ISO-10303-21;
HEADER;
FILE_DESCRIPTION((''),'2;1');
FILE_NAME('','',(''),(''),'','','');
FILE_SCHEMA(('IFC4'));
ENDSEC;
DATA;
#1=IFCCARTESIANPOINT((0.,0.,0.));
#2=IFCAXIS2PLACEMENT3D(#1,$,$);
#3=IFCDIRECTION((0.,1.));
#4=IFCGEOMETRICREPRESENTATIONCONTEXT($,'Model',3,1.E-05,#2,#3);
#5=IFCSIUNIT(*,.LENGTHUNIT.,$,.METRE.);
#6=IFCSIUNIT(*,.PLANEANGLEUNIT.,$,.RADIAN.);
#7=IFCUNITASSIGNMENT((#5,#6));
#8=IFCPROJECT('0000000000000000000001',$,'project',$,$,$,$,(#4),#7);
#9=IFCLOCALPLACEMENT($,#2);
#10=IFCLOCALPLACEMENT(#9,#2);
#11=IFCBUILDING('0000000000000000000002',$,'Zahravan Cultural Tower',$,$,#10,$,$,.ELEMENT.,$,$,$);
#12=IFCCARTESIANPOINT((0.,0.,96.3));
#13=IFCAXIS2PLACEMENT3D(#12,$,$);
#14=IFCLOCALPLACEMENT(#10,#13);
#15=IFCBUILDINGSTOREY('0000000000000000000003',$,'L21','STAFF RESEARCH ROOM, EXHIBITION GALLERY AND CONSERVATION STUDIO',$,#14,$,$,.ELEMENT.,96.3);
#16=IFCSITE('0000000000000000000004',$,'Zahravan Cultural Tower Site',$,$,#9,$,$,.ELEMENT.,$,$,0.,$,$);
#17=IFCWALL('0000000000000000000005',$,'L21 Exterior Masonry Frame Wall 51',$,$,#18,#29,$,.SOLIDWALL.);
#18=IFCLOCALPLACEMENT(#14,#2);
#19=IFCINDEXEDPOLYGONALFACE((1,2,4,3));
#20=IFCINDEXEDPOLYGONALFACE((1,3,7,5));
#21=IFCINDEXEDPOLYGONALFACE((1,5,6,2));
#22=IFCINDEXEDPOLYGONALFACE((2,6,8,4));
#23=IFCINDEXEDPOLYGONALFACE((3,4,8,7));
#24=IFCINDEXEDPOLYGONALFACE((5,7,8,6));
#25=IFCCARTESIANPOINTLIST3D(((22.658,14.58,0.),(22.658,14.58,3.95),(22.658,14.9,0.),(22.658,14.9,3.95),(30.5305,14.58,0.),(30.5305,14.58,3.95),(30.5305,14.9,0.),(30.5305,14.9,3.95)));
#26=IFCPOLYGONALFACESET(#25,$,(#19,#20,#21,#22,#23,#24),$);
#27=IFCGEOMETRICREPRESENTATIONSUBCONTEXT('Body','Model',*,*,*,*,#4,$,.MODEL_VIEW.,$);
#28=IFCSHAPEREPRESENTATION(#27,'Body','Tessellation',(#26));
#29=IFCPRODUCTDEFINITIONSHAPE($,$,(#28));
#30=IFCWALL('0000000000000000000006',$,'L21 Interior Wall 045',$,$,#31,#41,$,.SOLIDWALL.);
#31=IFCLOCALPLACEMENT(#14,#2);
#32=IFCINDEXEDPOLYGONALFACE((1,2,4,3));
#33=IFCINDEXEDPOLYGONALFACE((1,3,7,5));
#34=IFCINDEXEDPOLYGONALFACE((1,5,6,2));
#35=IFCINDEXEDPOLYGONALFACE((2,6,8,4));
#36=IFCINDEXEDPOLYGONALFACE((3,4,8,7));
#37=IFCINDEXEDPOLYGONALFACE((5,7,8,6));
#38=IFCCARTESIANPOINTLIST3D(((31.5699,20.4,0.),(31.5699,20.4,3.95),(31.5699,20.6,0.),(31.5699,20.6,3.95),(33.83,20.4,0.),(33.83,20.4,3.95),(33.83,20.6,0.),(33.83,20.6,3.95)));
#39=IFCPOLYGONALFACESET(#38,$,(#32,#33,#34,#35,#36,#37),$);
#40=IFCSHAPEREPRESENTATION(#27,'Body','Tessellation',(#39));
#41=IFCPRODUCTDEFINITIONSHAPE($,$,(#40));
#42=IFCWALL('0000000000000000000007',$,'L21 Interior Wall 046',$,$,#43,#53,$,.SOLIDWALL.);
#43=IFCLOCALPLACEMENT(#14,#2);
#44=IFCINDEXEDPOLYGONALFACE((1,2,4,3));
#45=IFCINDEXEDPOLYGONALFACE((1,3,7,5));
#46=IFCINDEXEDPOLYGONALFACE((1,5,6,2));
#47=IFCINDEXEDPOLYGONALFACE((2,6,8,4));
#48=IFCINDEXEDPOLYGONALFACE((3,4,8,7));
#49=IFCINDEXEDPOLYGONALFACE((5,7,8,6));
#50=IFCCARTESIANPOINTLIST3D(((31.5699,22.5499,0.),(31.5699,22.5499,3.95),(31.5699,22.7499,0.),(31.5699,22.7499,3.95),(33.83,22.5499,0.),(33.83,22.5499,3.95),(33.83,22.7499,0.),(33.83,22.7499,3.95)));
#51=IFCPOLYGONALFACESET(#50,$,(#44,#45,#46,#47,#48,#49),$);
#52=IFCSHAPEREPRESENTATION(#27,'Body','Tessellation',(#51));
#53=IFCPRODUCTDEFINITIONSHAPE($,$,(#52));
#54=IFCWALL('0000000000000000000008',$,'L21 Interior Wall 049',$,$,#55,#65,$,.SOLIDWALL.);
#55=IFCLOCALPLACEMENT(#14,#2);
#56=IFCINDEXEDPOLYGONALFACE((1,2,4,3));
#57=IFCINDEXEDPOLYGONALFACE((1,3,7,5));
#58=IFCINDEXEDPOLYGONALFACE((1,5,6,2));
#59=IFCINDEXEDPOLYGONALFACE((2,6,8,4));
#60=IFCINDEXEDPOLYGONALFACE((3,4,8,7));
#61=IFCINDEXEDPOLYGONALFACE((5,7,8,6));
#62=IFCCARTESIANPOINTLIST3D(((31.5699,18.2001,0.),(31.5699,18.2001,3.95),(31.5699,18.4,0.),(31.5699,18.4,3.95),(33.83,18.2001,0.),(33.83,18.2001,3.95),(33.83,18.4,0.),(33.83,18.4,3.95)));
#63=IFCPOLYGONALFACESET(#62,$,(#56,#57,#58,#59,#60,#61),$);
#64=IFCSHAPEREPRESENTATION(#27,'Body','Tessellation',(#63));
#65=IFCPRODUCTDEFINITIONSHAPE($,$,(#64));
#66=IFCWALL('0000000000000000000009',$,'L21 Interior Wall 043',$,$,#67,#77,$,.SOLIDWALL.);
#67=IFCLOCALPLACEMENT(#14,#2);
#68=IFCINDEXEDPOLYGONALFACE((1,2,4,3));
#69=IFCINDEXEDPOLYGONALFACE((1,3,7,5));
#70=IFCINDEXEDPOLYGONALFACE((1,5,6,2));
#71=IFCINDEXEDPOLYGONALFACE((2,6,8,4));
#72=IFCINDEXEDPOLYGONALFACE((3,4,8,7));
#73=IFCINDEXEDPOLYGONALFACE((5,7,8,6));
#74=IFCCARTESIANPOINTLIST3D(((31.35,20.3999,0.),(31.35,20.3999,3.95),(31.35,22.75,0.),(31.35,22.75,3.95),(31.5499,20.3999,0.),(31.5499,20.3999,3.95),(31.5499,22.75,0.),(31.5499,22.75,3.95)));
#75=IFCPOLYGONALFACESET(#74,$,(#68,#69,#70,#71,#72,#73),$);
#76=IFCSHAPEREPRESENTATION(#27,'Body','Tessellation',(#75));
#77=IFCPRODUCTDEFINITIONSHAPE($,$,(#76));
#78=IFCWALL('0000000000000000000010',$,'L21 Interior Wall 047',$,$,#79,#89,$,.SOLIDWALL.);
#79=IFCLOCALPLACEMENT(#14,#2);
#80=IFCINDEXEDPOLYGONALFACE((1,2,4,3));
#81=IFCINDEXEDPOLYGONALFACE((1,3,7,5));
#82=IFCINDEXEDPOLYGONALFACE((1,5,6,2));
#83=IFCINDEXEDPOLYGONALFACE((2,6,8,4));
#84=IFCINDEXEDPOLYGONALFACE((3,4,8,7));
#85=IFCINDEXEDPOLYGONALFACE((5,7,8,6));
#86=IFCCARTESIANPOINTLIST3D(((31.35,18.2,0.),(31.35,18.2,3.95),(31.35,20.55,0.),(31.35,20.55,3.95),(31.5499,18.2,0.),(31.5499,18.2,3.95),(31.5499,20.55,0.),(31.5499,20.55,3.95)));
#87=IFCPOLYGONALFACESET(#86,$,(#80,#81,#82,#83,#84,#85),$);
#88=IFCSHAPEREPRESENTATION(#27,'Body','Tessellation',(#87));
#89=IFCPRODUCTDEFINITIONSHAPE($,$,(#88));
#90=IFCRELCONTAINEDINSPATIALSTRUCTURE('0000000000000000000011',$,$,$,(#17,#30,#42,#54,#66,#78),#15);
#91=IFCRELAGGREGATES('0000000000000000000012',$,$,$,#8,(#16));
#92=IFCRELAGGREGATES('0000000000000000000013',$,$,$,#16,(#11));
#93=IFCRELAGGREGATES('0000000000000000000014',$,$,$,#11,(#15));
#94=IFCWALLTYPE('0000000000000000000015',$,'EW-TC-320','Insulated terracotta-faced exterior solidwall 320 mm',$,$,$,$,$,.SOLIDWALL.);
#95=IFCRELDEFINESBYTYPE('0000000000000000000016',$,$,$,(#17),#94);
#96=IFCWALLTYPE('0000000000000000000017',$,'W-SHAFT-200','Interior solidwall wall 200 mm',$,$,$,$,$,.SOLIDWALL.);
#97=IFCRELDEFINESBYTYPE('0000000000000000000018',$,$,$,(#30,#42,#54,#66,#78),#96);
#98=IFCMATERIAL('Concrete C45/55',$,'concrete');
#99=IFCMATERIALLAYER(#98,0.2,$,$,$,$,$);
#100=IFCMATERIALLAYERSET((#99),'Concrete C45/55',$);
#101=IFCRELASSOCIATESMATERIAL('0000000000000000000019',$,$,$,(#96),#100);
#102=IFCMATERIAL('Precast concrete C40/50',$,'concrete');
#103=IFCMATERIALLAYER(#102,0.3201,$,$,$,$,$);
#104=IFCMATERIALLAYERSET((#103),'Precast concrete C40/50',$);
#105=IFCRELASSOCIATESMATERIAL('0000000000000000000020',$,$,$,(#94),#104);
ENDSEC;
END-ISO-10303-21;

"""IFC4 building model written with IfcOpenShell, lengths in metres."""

from ifc_helpers import new_model, si_unit, direction, frame, frame_2d, origin, place, context, subcontext, project, spatial, rectangle, extrude, source, transform, mapped, material, layer, layer_set, type_object, element, save


model = new_model("IFC4")

# Units and contexts
model_context = context("Model", 3, precision=1e-05, world=origin(), true_north=direction((0.0, 1.0)))
body_context = subcontext(model_context, "Body", "Model", "MODEL_VIEW")
ifc_project = project(units=[si_unit("LENGTHUNIT", "METRE"), si_unit("PLANEANGLEUNIT", "RADIAN")], contexts=[model_context])

# Site, building, storey
site_placement = place(None, origin())
site = spatial("IfcSite", under=ifc_project, at=site_placement, Name="Zahravan Cultural Tower Site", CompositionType="ELEMENT", RefElevation=0.0)
building_placement = place(site_placement, origin())
building = spatial("IfcBuilding", under=site, at=building_placement, Name="Zahravan Cultural Tower", CompositionType="ELEMENT")
storey_placement = place(building_placement, frame((0.0, 0.0, 96.3)))
storey = spatial("IfcBuildingStorey", under=building, at=storey_placement, Name="L21", Description="STAFF RESEARCH ROOM, EXHIBITION GALLERY AND CONSERVATION STUDIO", CompositionType="ELEMENT", Elevation=96.3)

# Shared definitions
ifc_material_1 = material(Name="Concrete C45/55", Category="concrete")
ifc_layer_1 = layer(ifc_material_1, 0.2)
ifc_layer_set_1 = layer_set([ifc_layer_1], Name="Concrete C45/55")
wall_type_1 = type_object("IfcWallType", Name="W-SHAFT-200", Description="Interior solidwall wall 200 mm", PredefinedType="SOLIDWALL", material=ifc_layer_set_1)

# Walls
ifc_material_2 = material(Name="Precast concrete C40/50", Category="concrete")
ifc_layer_2 = layer(ifc_material_2, 0.3201)
ifc_layer_set_2 = layer_set([ifc_layer_2], Name="Precast concrete C40/50")
wall_type_2 = type_object("IfcWallType", Name="EW-TC-320", Description="Insulated terracotta-faced exterior solidwall 320 mm", PredefinedType="SOLIDWALL", material=ifc_layer_set_2)
shared_shape_1 = source(origin(), body_context, "Body", "SweptSolid", [
    extrude(rectangle(XDim=7.8726, YDim=0.3201, at=frame_2d((3.9363, 0.0))), origin(), (0.0, 0.0, 1.0), 3.95),
])
wall_1_placement = place(storey_placement, frame((30.5305, 14.74, 0.0), z_axis=(0.0, 0.0, 1.0), x_axis=(-1.0, 0.0, 0.0)))
element("IfcWall", 1, at=wall_1_placement, inside=storey, type_object=wall_type_2, Name="L21 Exterior Masonry Frame Wall 51", PredefinedType="SOLIDWALL", context=body_context, shape_type="MappedRepresentation", body=[
    mapped(shared_shape_1, transform((0.0, 0.0, 0.0), x_axis=(1.0, 0.0, 0.0), y_axis=(0.0, 1.0, 0.0), z_axis=(0.0, 0.0, 1.0), scale=1.0)),
])
shared_shape_2 = source(origin(), body_context, "Body", "SweptSolid", [
    extrude(rectangle(XDim=2.26, YDim=0.2, at=frame_2d((1.1299, 0.0))), origin(), (0.0, 0.0, 1.0), 3.95),
])
for number, where, z_axis, x_axis, name in (
    (2, (31.5701, 20.5, 0.0), (0.0, 0.0, 1.0), (1.0, 0.0, 0.0), "L21 Interior Wall 045"),
    (3, (31.5701, 22.6499, 0.0), (0.0, 0.0, 1.0), (1.0, 0.0, 0.0), "L21 Interior Wall 046"),
    (4, (31.5701, 18.3, 0.0), (0.0, 0.0, 1.0), (1.0, 0.0, 0.0), "L21 Interior Wall 049"),
):
    element("IfcWall", number, at=place(storey_placement, frame(where, z_axis=z_axis, x_axis=x_axis)), inside=storey, type_object=wall_type_1, Name=name, PredefinedType="SOLIDWALL", context=body_context, shape_type="MappedRepresentation", body=[
        mapped(shared_shape_2, transform((0.0, 0.0, 0.0), x_axis=(1.0, 0.0, 0.0), y_axis=(0.0, 1.0, 0.0), z_axis=(0.0, 0.0, 1.0), scale=1.0)),
    ])
shared_shape_3 = source(origin(), body_context, "Body", "SweptSolid", [
    extrude(rectangle(XDim=2.3501, YDim=0.2, at=frame_2d((1.175, 0.0))), origin(), (0.0, 0.0, 1.0), 3.95),
])
for number, where, z_axis, x_axis, name in (
    (5, (31.45, 20.3999, 0.0), (0.0, 0.0, 1.0), (0.0, 1.0, 0.0), "L21 Interior Wall 043"),
    (6, (31.45, 18.2, 0.0), (0.0, 0.0, 1.0), (0.0, 1.0, 0.0), "L21 Interior Wall 047"),
):
    element("IfcWall", number, at=place(storey_placement, frame(where, z_axis=z_axis, x_axis=x_axis)), inside=storey, type_object=wall_type_1, Name=name, PredefinedType="SOLIDWALL", context=body_context, shape_type="MappedRepresentation", body=[
        mapped(shared_shape_3, transform((0.0, 0.0, 0.0), x_axis=(1.0, 0.0, 0.0), y_axis=(0.0, 1.0, 0.0), z_axis=(0.0, 0.0, 1.0), scale=1.0)),
    ])

save(model, "model.ifc")
